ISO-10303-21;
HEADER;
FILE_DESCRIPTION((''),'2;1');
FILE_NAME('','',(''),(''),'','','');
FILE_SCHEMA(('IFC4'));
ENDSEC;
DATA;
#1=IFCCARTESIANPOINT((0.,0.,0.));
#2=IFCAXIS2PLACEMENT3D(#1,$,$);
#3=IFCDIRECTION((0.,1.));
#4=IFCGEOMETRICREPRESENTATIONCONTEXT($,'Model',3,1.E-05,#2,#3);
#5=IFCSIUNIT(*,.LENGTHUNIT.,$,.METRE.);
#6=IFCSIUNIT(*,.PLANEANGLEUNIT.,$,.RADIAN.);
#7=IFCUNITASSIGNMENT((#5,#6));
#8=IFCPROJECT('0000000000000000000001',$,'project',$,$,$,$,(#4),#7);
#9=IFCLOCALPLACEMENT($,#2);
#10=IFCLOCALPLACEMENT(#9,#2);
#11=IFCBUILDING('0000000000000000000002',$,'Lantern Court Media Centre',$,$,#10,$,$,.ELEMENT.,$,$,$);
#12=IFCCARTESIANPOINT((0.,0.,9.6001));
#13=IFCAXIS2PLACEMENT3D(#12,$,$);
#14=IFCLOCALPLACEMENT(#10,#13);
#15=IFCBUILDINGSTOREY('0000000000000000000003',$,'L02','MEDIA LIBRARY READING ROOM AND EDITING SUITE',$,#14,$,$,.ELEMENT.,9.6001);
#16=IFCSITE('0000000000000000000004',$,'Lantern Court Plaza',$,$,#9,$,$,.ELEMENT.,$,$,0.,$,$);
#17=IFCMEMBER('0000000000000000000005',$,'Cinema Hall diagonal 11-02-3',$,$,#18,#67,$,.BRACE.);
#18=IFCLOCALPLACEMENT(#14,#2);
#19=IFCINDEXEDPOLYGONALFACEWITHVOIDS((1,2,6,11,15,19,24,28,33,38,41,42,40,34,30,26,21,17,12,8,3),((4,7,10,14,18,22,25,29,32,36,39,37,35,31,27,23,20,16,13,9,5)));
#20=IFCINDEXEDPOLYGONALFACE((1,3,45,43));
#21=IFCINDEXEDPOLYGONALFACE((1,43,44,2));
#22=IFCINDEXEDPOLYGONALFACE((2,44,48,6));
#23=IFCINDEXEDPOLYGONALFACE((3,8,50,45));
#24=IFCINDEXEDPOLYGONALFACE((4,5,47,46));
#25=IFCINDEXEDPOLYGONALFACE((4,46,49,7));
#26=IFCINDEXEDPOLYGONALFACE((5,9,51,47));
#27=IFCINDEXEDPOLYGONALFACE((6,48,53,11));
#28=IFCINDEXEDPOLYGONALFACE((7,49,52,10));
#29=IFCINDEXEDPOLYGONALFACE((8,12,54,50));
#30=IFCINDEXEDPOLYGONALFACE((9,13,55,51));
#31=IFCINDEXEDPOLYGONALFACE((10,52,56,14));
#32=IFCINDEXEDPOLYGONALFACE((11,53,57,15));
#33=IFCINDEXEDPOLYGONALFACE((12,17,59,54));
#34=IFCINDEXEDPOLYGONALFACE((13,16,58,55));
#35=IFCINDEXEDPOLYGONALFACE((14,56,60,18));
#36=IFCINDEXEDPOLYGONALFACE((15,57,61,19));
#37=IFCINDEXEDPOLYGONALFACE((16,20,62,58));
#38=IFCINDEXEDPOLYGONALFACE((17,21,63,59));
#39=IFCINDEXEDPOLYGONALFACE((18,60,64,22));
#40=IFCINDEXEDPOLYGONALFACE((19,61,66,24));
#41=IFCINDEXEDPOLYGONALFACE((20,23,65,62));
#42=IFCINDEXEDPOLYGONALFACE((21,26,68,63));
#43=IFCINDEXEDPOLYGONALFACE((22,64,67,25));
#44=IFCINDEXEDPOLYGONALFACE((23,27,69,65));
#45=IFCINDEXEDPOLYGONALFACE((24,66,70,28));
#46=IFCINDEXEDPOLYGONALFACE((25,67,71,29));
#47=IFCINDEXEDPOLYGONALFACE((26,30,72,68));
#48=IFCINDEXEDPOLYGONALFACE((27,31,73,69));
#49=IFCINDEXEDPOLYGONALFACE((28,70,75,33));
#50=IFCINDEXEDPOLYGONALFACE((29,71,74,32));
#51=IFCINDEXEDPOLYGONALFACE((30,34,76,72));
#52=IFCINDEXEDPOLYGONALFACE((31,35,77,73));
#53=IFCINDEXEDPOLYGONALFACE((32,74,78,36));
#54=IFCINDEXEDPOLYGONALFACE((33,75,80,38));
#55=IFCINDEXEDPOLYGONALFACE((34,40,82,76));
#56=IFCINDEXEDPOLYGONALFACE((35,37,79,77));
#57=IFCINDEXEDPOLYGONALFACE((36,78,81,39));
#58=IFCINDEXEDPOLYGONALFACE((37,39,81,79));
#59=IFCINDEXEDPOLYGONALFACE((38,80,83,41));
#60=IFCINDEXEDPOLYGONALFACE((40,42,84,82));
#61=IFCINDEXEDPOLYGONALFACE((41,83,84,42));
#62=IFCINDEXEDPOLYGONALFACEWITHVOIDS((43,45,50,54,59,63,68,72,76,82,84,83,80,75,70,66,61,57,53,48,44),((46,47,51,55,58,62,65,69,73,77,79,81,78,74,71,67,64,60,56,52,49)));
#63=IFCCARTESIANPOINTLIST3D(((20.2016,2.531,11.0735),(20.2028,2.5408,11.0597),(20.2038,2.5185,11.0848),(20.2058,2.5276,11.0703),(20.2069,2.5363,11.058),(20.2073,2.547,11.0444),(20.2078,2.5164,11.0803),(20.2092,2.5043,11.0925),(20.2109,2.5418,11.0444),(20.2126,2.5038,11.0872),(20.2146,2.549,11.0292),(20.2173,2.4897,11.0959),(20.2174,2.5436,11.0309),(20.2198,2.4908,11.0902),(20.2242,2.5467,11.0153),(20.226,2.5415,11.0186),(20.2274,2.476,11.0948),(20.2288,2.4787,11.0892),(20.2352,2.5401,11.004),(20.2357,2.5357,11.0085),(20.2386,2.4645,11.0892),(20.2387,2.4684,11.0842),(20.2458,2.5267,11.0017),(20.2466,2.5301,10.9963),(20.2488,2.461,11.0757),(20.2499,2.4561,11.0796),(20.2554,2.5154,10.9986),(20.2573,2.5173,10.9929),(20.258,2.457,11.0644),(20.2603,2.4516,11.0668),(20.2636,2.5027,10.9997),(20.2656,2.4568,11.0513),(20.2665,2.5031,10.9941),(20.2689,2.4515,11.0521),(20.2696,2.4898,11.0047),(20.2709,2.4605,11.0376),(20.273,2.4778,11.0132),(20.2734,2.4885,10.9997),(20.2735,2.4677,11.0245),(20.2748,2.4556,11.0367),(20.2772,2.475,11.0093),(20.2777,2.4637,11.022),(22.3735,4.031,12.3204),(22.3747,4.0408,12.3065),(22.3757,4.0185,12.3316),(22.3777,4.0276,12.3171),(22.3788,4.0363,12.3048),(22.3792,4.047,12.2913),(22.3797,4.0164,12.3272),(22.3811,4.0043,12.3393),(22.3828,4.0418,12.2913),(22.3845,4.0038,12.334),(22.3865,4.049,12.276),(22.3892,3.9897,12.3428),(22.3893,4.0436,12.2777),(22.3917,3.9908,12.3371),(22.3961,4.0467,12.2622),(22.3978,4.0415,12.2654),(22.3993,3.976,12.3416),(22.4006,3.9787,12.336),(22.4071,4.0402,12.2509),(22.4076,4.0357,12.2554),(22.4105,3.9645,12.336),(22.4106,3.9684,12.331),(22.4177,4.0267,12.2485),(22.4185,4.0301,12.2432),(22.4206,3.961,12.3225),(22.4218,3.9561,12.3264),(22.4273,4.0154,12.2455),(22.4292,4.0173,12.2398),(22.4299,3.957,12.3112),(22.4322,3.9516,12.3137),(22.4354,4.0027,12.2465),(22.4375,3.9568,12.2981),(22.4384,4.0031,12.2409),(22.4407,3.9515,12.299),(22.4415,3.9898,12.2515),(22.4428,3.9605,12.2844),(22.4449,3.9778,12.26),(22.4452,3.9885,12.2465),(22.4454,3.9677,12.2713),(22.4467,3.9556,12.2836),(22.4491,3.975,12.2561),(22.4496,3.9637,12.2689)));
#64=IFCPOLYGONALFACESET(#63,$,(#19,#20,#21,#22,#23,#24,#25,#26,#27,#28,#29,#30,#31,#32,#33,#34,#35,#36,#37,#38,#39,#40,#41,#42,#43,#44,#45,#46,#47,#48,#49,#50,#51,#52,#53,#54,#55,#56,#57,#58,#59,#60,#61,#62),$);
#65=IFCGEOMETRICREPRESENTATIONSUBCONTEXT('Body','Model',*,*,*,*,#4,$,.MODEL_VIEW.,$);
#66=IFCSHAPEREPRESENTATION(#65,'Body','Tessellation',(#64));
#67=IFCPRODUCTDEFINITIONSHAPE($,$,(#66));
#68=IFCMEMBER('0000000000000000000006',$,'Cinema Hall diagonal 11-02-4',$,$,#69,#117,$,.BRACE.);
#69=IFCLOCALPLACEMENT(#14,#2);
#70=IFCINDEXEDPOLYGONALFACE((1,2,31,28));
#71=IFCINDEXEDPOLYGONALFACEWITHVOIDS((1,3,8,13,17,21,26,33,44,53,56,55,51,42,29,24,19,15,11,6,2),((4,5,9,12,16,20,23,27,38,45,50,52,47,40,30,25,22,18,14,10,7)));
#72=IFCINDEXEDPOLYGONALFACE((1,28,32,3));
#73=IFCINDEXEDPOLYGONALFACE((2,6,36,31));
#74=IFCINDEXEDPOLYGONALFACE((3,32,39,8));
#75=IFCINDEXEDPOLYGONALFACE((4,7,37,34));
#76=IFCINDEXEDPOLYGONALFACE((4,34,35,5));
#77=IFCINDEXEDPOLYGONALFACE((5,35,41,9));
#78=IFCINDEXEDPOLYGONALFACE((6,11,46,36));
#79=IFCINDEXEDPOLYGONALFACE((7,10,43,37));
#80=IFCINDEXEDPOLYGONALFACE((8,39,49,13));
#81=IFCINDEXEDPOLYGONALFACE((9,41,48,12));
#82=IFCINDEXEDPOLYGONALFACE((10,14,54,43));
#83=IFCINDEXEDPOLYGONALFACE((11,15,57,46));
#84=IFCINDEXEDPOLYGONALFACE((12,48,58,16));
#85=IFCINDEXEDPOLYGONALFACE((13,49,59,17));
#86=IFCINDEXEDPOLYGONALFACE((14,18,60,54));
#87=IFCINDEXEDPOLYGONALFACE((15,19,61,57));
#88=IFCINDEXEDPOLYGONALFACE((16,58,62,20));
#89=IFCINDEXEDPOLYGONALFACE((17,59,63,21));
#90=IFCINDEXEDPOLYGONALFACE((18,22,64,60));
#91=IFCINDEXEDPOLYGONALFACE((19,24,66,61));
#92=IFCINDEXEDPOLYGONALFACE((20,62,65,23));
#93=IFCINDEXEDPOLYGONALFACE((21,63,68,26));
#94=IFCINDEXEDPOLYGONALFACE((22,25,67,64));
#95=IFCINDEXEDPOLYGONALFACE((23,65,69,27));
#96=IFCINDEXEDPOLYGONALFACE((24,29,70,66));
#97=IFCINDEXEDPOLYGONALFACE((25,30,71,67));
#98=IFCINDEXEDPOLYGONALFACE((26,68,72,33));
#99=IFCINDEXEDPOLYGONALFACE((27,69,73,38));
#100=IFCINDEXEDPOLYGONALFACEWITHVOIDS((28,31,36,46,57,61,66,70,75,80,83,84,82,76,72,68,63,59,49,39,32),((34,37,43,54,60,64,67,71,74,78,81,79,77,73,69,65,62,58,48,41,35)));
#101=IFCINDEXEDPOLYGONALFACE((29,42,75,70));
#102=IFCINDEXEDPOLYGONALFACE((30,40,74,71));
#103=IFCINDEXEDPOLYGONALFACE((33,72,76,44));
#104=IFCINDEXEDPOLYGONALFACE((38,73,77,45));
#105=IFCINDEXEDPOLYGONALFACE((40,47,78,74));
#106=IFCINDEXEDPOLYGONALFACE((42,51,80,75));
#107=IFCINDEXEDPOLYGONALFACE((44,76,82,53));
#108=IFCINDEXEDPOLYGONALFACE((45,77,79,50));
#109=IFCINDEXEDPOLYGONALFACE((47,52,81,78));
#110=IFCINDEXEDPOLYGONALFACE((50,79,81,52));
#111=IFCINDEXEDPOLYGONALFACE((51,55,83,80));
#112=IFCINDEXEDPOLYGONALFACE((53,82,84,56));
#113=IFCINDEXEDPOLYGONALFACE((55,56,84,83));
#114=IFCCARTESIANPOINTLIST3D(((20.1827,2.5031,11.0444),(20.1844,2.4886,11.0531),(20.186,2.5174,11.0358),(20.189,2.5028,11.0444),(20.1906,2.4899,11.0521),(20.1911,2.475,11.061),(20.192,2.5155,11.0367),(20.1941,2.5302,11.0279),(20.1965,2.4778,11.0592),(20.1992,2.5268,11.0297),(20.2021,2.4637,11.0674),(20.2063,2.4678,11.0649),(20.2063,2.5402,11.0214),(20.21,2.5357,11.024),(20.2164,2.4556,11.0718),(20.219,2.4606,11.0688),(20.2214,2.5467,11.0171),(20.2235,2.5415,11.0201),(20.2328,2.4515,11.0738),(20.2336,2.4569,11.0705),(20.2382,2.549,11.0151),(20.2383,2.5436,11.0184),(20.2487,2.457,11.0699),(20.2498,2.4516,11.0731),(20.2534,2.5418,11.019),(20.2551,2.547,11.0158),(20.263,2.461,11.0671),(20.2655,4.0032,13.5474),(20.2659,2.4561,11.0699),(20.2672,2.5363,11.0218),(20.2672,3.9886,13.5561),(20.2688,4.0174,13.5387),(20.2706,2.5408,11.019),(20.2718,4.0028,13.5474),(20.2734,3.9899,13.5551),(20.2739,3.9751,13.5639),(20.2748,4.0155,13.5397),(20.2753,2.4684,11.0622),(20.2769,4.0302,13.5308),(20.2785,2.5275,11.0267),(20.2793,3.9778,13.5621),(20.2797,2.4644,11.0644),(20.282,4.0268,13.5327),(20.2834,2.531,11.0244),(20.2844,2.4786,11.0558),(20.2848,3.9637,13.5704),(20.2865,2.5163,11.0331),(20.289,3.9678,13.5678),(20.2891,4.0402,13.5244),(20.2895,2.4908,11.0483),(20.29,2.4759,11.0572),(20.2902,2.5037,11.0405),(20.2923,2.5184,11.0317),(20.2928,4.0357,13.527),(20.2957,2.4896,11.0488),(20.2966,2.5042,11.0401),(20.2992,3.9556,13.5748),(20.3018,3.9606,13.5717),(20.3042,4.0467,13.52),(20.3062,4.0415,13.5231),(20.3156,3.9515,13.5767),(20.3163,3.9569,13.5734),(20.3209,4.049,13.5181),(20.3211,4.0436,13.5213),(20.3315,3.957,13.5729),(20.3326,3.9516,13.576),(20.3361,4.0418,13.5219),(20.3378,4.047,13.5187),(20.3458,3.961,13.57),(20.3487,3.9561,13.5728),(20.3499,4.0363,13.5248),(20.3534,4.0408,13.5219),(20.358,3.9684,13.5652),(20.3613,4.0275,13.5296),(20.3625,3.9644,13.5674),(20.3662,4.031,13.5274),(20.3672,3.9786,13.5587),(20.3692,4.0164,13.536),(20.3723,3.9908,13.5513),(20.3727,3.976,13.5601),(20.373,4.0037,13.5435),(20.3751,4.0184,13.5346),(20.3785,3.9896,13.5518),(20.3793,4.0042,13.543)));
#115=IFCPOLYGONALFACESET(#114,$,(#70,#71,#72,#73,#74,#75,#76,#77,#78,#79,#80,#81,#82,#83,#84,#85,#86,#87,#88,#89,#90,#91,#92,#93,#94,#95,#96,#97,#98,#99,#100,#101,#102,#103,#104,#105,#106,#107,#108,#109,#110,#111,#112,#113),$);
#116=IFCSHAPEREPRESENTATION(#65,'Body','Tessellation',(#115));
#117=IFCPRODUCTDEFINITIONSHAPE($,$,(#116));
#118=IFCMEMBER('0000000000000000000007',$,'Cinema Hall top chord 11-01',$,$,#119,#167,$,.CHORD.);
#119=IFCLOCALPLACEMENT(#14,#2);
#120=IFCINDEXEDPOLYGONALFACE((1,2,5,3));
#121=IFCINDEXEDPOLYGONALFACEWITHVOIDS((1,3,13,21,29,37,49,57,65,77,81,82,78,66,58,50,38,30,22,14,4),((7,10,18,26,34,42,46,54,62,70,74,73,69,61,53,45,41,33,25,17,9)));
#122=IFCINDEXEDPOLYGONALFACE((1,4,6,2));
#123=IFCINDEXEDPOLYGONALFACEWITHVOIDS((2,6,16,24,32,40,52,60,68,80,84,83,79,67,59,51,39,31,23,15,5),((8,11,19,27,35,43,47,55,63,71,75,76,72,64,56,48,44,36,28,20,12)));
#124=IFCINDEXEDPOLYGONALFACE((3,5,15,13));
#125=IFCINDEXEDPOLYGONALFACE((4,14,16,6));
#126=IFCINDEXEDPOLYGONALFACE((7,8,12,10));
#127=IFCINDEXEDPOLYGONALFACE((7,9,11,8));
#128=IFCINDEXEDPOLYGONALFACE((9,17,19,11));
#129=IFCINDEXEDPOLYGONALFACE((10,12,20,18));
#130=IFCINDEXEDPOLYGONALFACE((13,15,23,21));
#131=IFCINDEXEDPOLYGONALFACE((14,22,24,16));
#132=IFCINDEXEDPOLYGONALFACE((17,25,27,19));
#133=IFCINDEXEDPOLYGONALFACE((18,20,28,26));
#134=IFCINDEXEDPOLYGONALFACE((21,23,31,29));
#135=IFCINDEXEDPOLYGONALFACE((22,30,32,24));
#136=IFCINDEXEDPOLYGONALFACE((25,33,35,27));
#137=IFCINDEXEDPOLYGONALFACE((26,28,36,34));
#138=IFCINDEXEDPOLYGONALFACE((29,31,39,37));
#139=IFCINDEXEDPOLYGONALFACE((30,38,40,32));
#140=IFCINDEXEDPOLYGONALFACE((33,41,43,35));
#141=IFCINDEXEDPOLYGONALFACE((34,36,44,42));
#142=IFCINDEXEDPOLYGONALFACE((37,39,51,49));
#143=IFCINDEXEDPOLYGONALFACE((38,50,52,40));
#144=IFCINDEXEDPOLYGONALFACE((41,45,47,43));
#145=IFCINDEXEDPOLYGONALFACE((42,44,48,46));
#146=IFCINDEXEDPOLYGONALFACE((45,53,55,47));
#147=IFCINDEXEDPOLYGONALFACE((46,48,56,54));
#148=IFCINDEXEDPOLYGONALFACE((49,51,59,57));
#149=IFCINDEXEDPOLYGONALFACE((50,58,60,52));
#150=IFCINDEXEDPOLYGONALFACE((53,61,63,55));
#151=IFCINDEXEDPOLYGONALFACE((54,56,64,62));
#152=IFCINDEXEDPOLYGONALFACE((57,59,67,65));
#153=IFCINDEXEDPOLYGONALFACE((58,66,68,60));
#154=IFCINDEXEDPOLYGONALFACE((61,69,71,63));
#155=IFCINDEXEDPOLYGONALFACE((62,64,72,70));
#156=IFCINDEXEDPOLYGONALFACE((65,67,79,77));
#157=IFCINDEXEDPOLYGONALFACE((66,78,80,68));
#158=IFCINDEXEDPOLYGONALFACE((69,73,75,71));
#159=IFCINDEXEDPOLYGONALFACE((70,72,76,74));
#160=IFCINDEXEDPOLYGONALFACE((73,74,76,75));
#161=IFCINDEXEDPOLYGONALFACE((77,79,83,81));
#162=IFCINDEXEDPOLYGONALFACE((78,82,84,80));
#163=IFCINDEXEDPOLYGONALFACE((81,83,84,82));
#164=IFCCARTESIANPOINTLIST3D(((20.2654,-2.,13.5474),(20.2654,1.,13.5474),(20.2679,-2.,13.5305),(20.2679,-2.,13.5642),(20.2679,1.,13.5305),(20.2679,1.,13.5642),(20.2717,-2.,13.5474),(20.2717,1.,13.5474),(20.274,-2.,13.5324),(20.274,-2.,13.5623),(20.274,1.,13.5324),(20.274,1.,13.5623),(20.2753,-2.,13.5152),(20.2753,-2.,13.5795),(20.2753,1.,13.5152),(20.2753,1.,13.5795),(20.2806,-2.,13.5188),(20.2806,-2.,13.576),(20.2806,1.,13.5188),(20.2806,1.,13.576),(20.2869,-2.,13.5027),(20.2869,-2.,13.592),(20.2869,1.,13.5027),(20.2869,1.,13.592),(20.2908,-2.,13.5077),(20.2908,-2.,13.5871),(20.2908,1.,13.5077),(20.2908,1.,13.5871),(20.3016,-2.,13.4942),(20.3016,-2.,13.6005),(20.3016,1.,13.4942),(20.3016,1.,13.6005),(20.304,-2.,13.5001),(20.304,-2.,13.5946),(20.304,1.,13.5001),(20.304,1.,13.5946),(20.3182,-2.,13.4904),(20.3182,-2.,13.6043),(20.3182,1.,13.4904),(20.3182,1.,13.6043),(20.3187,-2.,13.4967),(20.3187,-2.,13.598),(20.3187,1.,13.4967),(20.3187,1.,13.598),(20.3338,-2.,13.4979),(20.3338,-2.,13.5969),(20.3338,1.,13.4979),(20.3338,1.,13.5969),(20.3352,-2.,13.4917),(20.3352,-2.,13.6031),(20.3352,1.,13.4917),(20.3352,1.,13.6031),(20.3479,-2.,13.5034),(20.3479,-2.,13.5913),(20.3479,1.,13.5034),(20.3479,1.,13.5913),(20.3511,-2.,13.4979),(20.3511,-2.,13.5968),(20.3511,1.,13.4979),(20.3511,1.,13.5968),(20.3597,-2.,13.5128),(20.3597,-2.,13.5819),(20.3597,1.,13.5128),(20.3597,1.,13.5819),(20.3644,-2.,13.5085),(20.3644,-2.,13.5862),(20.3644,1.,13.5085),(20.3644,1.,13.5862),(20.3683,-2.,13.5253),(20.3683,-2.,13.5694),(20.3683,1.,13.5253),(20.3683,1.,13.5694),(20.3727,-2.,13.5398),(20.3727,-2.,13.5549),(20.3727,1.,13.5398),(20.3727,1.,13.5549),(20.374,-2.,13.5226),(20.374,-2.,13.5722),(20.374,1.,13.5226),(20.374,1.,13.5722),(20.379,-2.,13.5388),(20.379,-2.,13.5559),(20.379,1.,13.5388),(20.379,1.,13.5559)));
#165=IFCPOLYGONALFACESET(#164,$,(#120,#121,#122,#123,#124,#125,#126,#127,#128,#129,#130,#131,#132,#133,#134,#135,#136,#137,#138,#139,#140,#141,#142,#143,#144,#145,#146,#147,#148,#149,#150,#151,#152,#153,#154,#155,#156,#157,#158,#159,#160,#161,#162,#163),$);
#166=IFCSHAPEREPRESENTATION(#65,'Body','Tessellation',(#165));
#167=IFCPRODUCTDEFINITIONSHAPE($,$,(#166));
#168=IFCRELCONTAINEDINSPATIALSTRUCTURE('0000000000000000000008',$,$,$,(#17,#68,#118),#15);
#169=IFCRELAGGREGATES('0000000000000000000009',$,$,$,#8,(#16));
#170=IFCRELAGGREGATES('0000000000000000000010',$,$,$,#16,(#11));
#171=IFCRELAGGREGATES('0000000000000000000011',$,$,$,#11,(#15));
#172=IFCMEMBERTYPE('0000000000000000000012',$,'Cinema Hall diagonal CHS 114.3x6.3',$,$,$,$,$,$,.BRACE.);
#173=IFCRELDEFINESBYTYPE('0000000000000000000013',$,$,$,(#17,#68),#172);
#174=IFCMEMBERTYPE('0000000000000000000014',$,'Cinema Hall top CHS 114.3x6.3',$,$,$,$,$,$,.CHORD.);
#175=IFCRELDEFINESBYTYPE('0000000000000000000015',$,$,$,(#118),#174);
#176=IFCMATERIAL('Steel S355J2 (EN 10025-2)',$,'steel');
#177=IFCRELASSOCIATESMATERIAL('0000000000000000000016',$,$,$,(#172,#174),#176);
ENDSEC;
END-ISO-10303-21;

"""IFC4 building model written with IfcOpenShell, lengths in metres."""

from ifc_helpers import new_model, si_unit, direction, frame, origin, origin_2d, place, context, subcontext, project, spatial, hollow_circle, extrude, material, material_profile, profile_set, type_object, element, save


model = new_model("IFC4")

# Units and contexts
model_context = context("Model", 3, precision=1e-05, world=origin(), true_north=direction((0.0, 1.0)))
body_context = subcontext(model_context, "Body", "Model", "MODEL_VIEW")
ifc_project = project(units=[si_unit("LENGTHUNIT", "METRE"), si_unit("PLANEANGLEUNIT", "RADIAN")], contexts=[model_context])

# Site, building, storey
site_placement = place(None, origin())
site = spatial("IfcSite", under=ifc_project, at=site_placement, Name="Lantern Court Plaza", CompositionType="ELEMENT", RefElevation=0.0)
building_placement = place(site_placement, origin())
building = spatial("IfcBuilding", under=site, at=building_placement, Name="Lantern Court Media Centre", CompositionType="ELEMENT")
storey_placement = place(building_placement, frame((0.0, 0.0, 9.6001)))
storey = spatial("IfcBuildingStorey", under=building, at=storey_placement, Name="L02", Description="MEDIA LIBRARY READING ROOM AND EDITING SUITE", CompositionType="ELEMENT", Elevation=9.6001)

# Members
ifc_material = material(Name="Steel S355J2 (EN 10025-2)", Category="steel")
ifc_material_profile_1 = material_profile(ifc_material, hollow_circle(Radius=0.0571, WallThickness=0.0063, at=origin_2d()), Name="Cinema Hall diagonal CHS 114.3x6.3")
ifc_profile_set_1 = profile_set([ifc_material_profile_1], Name="Steel S355J2 (EN 10025-2)")
member_type_1 = type_object("IfcMemberType", Name="Cinema Hall diagonal CHS 114.3x6.3", PredefinedType="BRACE", material=ifc_profile_set_1)
for number, where, z_axis, x_axis, name in (
    (1, (20.2397, 2.5, 11.0444), (0.744002, 0.513843, 0.427115), (-0.568286, 0.822831, 0.0), "Cinema Hall diagonal 11-02-3"),
    (2, (20.2397, 2.5, 11.0444), (0.028352, 0.513846, 0.857414), (-0.998481, 0.055092, 0.0), "Cinema Hall diagonal 11-02-4"),
):
    element("IfcMember", number, at=place(storey_placement, frame(where, z_axis=z_axis, x_axis=x_axis)), inside=storey, type_object=member_type_1, Name=name, PredefinedType="BRACE", context=body_context, shape_type="SweptSolid", body=[
        extrude(hollow_circle(Radius=0.0571, WallThickness=0.0063, at=origin_2d()), origin(), (0.0, 0.0, 1.0), 2.9192),
    ])
ifc_material_profile_2 = material_profile(ifc_material, hollow_circle(Radius=0.0571, WallThickness=0.0063, at=origin_2d()), Name="Cinema Hall top CHS 114.3x6.3")
ifc_profile_set_2 = profile_set([ifc_material_profile_2], Name="Steel S355J2 (EN 10025-2)")
member_type_2 = type_object("IfcMemberType", Name="Cinema Hall top CHS 114.3x6.3", PredefinedType="CHORD", material=ifc_profile_set_2)
for number, where, z_axis, x_axis, name in (
    (3, (20.3225, -2.0, 13.5474), (0.0, 1.0, 0.0), (-1.0, 0.0, 0.0), "Cinema Hall top chord 11-01"),
):
    element("IfcMember", number, at=place(storey_placement, frame(where, z_axis=z_axis, x_axis=x_axis)), inside=storey, type_object=member_type_2, Name=name, PredefinedType="CHORD", context=body_context, shape_type="SweptSolid", body=[
        extrude(hollow_circle(Radius=0.0571, WallThickness=0.0063, at=origin_2d()), origin(), (0.0, 0.0, 1.0), 3.0),
    ])

save(model, "model.ifc")
